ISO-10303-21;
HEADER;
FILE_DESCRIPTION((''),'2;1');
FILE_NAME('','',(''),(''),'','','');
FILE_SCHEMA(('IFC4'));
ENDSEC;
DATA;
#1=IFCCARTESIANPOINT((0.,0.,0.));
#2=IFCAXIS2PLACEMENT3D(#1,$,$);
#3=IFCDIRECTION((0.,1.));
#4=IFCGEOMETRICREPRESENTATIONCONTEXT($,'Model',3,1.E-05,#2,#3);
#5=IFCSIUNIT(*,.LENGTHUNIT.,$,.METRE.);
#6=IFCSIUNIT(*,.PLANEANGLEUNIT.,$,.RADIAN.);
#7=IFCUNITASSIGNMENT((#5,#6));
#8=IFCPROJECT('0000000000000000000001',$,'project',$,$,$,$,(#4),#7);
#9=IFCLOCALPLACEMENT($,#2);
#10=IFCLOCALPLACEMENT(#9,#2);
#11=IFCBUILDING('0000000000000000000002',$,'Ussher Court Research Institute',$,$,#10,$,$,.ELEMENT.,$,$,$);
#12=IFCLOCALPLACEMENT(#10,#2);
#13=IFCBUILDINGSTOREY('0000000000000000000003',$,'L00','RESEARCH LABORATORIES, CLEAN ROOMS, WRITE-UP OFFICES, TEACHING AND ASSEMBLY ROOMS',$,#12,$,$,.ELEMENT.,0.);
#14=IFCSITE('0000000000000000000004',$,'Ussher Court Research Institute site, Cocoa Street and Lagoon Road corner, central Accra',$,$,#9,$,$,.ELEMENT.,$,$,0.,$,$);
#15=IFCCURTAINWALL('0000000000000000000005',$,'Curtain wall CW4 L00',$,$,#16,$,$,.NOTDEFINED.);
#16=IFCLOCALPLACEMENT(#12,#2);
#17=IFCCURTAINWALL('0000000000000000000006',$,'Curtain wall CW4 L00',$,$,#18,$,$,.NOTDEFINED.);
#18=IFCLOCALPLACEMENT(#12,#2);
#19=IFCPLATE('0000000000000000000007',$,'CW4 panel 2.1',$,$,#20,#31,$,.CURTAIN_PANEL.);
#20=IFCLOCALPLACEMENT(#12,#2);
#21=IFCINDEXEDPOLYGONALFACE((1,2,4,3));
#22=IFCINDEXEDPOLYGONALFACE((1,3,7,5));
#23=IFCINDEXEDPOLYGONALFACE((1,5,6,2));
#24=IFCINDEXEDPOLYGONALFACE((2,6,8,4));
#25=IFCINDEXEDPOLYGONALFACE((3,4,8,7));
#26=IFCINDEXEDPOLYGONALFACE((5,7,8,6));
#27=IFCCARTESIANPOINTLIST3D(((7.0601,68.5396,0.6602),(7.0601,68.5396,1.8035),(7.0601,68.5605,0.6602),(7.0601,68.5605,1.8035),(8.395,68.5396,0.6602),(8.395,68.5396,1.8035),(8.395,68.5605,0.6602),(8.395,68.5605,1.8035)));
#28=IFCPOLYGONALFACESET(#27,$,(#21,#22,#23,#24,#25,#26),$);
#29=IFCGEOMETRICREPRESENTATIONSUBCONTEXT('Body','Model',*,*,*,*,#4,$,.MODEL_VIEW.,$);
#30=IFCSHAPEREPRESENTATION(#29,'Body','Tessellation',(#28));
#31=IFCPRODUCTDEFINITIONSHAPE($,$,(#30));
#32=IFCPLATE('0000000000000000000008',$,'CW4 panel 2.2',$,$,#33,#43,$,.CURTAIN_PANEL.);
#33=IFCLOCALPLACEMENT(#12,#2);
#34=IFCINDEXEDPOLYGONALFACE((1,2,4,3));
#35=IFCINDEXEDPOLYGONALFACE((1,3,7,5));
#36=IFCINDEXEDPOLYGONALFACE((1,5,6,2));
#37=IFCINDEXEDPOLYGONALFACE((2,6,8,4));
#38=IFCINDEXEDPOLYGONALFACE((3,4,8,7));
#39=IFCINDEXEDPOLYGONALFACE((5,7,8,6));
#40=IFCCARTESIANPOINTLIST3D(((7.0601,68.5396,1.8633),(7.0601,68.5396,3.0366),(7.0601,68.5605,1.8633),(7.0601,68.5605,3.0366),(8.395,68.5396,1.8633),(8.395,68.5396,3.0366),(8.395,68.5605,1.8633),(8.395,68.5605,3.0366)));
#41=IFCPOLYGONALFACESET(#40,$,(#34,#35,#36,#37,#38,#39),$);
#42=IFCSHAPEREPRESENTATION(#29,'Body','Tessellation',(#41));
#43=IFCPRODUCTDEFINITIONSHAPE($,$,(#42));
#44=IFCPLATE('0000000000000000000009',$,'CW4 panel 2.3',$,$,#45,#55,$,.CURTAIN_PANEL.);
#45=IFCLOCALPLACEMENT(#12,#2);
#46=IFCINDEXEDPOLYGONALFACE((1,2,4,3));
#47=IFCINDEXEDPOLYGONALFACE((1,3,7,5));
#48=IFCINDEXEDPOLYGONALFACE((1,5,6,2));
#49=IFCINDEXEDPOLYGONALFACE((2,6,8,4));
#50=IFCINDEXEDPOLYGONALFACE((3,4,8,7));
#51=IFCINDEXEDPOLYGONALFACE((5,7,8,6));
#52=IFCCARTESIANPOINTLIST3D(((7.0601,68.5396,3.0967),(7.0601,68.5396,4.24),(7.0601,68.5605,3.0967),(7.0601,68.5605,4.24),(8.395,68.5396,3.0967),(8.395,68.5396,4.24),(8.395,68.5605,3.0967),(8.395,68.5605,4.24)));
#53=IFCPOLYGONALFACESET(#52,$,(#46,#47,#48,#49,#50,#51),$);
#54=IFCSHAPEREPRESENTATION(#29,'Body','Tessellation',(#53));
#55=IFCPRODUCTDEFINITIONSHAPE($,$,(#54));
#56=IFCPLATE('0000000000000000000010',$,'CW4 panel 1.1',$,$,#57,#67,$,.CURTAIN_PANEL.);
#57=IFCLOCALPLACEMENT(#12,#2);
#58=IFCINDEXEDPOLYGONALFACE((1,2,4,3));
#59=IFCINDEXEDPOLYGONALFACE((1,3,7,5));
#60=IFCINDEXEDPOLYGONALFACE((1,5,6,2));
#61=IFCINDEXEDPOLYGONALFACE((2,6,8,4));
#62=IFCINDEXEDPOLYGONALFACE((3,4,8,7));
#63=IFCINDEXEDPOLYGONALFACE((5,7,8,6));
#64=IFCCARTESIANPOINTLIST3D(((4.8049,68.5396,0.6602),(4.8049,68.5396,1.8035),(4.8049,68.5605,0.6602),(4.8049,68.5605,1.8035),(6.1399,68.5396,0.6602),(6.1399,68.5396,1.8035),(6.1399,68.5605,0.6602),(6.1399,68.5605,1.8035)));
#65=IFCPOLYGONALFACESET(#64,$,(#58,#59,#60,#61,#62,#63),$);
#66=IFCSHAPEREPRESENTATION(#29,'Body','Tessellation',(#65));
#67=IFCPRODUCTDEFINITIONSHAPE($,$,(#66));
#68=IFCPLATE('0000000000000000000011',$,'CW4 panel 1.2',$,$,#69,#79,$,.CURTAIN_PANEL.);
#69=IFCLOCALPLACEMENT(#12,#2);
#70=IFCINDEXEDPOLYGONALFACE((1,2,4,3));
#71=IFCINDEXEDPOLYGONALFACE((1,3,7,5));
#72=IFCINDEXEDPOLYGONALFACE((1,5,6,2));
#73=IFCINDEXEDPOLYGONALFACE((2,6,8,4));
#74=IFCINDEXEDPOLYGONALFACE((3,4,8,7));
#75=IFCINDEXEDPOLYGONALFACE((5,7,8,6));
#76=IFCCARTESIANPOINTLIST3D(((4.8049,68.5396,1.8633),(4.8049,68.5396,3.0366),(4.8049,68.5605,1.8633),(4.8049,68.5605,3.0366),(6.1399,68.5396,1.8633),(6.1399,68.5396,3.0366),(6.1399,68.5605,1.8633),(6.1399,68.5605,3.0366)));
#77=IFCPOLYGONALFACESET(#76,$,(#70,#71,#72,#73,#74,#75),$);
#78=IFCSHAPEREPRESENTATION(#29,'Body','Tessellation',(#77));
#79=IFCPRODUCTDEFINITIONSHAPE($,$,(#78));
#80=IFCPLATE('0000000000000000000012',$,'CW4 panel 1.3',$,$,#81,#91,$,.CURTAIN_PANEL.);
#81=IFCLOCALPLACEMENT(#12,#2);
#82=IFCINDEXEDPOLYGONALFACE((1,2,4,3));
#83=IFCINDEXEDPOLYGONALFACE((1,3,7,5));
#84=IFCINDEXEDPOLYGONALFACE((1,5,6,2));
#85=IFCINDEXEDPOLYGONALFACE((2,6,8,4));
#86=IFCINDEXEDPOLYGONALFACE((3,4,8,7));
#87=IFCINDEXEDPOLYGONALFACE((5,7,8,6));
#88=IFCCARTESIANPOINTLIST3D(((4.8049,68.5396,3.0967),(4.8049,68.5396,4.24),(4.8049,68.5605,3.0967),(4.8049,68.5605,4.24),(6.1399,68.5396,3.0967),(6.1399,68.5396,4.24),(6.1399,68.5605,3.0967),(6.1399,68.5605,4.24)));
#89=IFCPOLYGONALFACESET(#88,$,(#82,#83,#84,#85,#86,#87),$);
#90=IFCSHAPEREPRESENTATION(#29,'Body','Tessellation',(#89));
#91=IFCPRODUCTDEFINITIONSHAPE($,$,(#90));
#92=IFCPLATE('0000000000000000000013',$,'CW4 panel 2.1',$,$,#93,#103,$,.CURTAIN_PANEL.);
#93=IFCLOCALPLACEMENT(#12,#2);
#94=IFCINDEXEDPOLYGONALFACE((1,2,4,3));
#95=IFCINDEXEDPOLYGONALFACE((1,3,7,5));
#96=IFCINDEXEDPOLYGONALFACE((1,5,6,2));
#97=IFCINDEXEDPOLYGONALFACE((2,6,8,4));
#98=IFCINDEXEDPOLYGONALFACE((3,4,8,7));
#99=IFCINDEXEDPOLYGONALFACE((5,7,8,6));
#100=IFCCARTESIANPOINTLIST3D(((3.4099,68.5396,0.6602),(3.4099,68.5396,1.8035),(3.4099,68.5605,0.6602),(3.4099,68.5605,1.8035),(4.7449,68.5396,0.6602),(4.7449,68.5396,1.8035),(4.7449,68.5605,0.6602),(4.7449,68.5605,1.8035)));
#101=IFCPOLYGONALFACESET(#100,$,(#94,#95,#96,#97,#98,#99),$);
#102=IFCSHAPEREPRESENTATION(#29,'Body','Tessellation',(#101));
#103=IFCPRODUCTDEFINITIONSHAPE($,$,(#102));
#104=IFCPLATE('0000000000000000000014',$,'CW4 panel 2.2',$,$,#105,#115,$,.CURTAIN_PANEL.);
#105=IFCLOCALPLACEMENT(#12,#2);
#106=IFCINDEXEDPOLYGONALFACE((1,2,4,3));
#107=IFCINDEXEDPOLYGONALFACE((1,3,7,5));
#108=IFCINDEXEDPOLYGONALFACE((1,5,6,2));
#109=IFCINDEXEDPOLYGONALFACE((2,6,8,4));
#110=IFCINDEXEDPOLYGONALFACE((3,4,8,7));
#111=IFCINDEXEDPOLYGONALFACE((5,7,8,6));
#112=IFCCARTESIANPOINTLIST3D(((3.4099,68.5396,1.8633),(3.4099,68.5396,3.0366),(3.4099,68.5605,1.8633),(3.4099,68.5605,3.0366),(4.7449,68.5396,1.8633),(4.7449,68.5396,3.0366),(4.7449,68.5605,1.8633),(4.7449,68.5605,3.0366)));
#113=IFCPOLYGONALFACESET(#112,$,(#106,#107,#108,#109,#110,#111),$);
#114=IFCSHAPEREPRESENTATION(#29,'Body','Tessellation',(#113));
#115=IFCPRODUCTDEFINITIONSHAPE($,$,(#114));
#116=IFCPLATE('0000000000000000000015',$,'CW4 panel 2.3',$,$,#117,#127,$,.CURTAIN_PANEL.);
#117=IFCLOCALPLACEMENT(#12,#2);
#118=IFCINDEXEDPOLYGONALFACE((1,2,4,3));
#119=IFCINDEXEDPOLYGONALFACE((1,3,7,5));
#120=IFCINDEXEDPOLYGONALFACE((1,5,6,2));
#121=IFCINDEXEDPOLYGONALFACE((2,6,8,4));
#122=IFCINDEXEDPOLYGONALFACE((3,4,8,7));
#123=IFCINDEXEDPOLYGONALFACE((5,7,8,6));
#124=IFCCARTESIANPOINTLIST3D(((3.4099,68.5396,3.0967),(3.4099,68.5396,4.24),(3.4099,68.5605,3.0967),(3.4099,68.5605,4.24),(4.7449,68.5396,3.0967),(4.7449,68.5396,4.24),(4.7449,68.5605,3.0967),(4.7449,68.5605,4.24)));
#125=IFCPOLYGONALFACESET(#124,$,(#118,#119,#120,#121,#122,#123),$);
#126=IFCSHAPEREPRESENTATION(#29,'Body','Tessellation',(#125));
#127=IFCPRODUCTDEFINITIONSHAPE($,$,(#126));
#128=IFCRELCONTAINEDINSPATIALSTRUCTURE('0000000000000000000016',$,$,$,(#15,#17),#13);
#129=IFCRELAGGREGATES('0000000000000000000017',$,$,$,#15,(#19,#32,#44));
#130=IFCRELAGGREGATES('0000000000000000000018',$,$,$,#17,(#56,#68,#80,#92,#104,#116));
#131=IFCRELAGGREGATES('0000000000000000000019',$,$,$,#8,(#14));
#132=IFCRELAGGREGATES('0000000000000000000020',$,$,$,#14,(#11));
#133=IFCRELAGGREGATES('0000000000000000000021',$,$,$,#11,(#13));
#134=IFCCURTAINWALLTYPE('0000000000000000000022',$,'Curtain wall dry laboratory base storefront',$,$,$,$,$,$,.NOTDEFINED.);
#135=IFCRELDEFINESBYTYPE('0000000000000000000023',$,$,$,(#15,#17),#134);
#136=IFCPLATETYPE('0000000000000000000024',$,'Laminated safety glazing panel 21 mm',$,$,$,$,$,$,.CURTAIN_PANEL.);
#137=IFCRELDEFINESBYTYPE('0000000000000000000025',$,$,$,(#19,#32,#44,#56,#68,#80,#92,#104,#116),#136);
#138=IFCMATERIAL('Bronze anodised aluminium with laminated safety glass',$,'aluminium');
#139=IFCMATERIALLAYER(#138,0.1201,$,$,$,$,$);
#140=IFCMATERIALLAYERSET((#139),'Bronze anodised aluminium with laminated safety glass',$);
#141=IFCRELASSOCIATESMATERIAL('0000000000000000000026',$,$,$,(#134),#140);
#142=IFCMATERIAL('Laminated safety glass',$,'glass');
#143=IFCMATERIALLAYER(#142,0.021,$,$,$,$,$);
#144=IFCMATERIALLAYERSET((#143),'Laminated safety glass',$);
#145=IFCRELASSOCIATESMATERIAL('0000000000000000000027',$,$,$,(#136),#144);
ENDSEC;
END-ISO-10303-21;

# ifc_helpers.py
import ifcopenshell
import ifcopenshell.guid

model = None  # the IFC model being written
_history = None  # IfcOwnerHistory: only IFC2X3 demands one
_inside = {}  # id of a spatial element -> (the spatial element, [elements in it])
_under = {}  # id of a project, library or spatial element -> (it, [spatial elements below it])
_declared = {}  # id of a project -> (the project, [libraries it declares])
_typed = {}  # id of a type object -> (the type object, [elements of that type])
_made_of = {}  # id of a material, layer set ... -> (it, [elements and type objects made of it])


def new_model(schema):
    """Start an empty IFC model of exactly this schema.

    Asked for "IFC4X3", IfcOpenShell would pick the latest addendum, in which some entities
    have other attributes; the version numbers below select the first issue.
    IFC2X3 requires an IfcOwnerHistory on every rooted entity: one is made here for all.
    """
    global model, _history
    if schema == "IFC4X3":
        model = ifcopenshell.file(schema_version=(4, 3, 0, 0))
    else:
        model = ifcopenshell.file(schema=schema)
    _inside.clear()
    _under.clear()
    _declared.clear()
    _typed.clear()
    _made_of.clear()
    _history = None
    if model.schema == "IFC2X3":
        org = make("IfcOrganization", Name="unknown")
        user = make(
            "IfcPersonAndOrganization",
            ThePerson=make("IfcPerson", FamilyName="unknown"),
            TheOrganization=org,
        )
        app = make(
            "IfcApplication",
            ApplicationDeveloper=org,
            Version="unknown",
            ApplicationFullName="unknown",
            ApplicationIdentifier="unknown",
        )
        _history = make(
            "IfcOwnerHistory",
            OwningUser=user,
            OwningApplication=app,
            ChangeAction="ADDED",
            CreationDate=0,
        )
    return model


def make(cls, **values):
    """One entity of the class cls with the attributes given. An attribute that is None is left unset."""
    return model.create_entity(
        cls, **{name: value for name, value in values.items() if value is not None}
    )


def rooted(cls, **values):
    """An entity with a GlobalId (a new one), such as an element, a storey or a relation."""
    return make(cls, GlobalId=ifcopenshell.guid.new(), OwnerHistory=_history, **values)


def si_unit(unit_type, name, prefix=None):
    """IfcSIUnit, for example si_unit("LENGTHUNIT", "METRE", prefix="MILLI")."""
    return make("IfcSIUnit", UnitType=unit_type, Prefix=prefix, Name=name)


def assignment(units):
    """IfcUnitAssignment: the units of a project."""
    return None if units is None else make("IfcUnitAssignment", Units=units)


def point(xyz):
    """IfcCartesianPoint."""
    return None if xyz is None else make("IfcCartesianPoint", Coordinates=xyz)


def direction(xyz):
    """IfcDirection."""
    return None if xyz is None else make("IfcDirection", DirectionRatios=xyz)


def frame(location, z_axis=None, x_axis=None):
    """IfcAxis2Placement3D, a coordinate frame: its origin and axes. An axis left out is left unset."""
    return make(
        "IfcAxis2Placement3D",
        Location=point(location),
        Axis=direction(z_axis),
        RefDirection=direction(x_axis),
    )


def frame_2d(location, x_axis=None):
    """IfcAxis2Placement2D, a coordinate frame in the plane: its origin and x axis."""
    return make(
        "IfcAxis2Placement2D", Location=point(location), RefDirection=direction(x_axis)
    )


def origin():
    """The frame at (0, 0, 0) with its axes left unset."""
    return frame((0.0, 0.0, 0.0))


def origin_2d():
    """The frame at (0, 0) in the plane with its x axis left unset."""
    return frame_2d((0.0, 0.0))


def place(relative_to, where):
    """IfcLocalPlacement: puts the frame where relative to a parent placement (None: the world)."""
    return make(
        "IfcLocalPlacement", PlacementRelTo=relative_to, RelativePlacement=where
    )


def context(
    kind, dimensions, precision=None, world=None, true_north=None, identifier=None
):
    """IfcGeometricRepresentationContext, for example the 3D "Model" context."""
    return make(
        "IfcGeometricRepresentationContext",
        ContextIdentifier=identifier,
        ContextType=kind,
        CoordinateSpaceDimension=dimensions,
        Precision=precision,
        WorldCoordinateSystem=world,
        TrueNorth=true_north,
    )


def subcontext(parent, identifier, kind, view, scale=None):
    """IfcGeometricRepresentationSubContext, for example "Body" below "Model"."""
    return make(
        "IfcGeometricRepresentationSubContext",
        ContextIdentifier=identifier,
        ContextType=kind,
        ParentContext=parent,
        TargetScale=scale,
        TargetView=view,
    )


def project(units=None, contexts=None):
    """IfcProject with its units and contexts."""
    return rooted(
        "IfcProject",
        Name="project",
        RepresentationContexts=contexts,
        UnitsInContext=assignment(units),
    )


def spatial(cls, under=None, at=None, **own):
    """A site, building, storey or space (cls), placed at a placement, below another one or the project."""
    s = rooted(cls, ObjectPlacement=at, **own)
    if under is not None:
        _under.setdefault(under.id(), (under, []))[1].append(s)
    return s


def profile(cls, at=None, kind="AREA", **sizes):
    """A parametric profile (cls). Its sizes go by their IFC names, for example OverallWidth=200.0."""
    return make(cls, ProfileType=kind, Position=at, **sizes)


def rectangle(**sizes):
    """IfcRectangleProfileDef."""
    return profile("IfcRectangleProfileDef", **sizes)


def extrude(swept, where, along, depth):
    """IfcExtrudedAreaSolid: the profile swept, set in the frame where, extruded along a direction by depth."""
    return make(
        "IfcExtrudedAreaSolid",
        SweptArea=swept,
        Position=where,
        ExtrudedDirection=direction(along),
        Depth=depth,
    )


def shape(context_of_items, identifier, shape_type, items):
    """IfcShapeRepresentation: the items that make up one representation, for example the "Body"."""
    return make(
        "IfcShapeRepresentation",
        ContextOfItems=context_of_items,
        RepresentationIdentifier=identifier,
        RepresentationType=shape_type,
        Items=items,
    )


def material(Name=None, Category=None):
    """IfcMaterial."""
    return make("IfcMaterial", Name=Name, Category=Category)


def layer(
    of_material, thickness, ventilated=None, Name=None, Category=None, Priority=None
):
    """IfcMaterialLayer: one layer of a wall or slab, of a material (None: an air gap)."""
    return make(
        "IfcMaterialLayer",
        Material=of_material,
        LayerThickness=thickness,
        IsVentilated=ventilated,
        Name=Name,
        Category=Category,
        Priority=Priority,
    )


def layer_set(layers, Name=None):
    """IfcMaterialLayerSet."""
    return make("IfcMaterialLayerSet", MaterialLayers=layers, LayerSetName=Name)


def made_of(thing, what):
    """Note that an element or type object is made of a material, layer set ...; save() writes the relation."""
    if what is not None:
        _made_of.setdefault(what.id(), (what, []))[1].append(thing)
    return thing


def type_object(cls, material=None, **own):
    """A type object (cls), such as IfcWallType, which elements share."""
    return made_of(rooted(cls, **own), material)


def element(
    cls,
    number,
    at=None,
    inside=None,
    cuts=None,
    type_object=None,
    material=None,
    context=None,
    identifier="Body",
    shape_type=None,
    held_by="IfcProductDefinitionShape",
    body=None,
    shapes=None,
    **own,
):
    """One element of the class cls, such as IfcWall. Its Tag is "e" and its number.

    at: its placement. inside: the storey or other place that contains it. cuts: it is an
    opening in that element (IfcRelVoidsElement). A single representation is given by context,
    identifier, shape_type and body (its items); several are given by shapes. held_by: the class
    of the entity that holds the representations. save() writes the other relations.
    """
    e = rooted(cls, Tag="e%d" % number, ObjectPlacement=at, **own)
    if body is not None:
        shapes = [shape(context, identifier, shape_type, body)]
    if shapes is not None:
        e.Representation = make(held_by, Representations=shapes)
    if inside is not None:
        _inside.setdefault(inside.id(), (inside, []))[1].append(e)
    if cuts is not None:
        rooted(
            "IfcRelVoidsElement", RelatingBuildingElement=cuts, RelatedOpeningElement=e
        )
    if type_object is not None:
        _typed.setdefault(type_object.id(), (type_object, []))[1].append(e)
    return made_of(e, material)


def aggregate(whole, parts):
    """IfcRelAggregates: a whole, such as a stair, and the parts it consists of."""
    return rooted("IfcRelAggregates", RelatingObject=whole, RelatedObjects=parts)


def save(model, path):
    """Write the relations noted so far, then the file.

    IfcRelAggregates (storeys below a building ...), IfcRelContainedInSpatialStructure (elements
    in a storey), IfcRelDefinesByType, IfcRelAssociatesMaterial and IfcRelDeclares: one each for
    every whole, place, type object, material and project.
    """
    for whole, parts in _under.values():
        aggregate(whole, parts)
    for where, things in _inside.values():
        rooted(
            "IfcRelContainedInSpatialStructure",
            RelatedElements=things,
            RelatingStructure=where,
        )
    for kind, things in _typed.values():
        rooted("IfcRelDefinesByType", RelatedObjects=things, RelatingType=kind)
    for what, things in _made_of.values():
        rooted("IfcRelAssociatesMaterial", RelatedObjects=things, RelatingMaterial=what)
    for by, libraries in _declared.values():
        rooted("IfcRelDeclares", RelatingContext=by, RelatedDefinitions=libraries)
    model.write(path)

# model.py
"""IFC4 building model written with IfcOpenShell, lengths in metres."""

from ifc_helpers import new_model, si_unit, direction, frame, origin, origin_2d, place, context, subcontext, project, spatial, rectangle, extrude, material, layer, layer_set, type_object, element, aggregate, save


model = new_model("IFC4")

# Units and contexts
model_context = context("Model", 3, precision=1e-05, world=origin(), true_north=direction((0.0, 1.0)))
body_context = subcontext(model_context, "Body", "Model", "MODEL_VIEW")
ifc_project = project(units=[si_unit("LENGTHUNIT", "METRE"), si_unit("PLANEANGLEUNIT", "RADIAN")], contexts=[model_context])

# Site, building, storey
site_placement = place(None, origin())
site = spatial("IfcSite", under=ifc_project, at=site_placement, Name="Ussher Court Research Institute site, Cocoa Street and Lagoon Road corner, central Accra", CompositionType="ELEMENT", RefElevation=0.0)
building_placement = place(site_placement, origin())
building = spatial("IfcBuilding", under=site, at=building_placement, Name="Ussher Court Research Institute", CompositionType="ELEMENT")
storey_placement = place(building_placement, origin())
storey = spatial("IfcBuildingStorey", under=building, at=storey_placement, Name="L00", Description="RESEARCH LABORATORIES, CLEAN ROOMS, WRITE-UP OFFICES, TEACHING AND ASSEMBLY ROOMS", CompositionType="ELEMENT", Elevation=0.0)

# Curtain wall
ifc_material_1 = material(Name="Bronze anodised aluminium with laminated safety glass", Category="aluminium")
ifc_layer_1 = layer(ifc_material_1, 0.1201)
ifc_layer_set_1 = layer_set([ifc_layer_1], Name="Bronze anodised aluminium with laminated safety glass")
curtain_wall_type = type_object("IfcCurtainWallType", Name="Curtain wall dry laboratory base storefront", PredefinedType="NOTDEFINED", material=ifc_layer_set_1)
curtain_wall_1_placement = place(storey_placement, origin())
curtain_wall_1 = element("IfcCurtainWall", 1, at=curtain_wall_1_placement, inside=storey, type_object=curtain_wall_type, Name="Curtain wall CW4 L00", PredefinedType="NOTDEFINED")

# Curtain wall
curtain_wall_2_placement = place(storey_placement, origin())
curtain_wall_2 = element("IfcCurtainWall", 2, at=curtain_wall_2_placement, inside=storey, type_object=curtain_wall_type, Name="Curtain wall CW4 L00", PredefinedType="NOTDEFINED")

# Plates
ifc_material_2 = material(Name="Laminated safety glass", Category="glass")
ifc_layer_2 = layer(ifc_material_2, 0.021)
ifc_layer_set_2 = layer_set([ifc_layer_2], Name="Laminated safety glass")
plate_type = type_object("IfcPlateType", Name="Laminated safety glazing panel 21 mm", PredefinedType="CURTAIN_PANEL", material=ifc_layer_set_2)
plate_1_placement = place(storey_placement, frame((7.7275, 68.55, 0.6602), z_axis=(0.0, 0.0, 1.0), x_axis=(-1.0, 0.0, 0.0)))
plate_1 = element("IfcPlate", 3, at=plate_1_placement, type_object=plate_type, Name="CW4 panel 2.1", PredefinedType="CURTAIN_PANEL", context=body_context, shape_type="SweptSolid", body=[
    extrude(rectangle(XDim=1.335, YDim=0.021, at=origin_2d()), origin(), (0.0, 0.0, 1.0), 1.1433),
])
plate_2_placement = place(storey_placement, frame((7.7275, 68.55, 1.8633), z_axis=(0.0, 0.0, 1.0), x_axis=(-1.0, 0.0, 0.0)))
plate_2 = element("IfcPlate", 4, at=plate_2_placement, type_object=plate_type, Name="CW4 panel 2.2", PredefinedType="CURTAIN_PANEL", context=body_context, shape_type="SweptSolid", body=[
    extrude(rectangle(XDim=1.335, YDim=0.021, at=origin_2d()), origin(), (0.0, 0.0, 1.0), 1.1733),
])
plate_3_placement = place(storey_placement, frame((7.7275, 68.55, 3.0967), z_axis=(0.0, 0.0, 1.0), x_axis=(-1.0, 0.0, 0.0)))
plate_3 = element("IfcPlate", 5, at=plate_3_placement, type_object=plate_type, Name="CW4 panel 2.3", PredefinedType="CURTAIN_PANEL", context=body_context, shape_type="SweptSolid", body=[
    extrude(rectangle(XDim=1.335, YDim=0.021, at=origin_2d()), origin(), (0.0, 0.0, 1.0), 1.1433),
])
aggregate(curtain_wall_1, [plate_1, plate_2, plate_3])
plate_4_placement = place(storey_placement, frame((5.4724, 68.55, 0.6602), z_axis=(0.0, 0.0, 1.0), x_axis=(-1.0, 0.0, 0.0)))
plate_4 = element("IfcPlate", 6, at=plate_4_placement, type_object=plate_type, Name="CW4 panel 1.1", PredefinedType="CURTAIN_PANEL", context=body_context, shape_type="SweptSolid", body=[
    extrude(rectangle(XDim=1.335, YDim=0.021, at=origin_2d()), origin(), (0.0, 0.0, 1.0), 1.1433),
])
plate_5_placement = place(storey_placement, frame((5.4724, 68.55, 1.8633), z_axis=(0.0, 0.0, 1.0), x_axis=(-1.0, 0.0, 0.0)))
plate_5 = element("IfcPlate", 7, at=plate_5_placement, type_object=plate_type, Name="CW4 panel 1.2", PredefinedType="CURTAIN_PANEL", context=body_context, shape_type="SweptSolid", body=[
    extrude(rectangle(XDim=1.335, YDim=0.021, at=origin_2d()), origin(), (0.0, 0.0, 1.0), 1.1733),
])
plate_6_placement = place(storey_placement, frame((5.4724, 68.55, 3.0967), z_axis=(0.0, 0.0, 1.0), x_axis=(-1.0, 0.0, 0.0)))
plate_6 = element("IfcPlate", 8, at=plate_6_placement, type_object=plate_type, Name="CW4 panel 1.3", PredefinedType="CURTAIN_PANEL", context=body_context, shape_type="SweptSolid", body=[
    extrude(rectangle(XDim=1.335, YDim=0.021, at=origin_2d()), origin(), (0.0, 0.0, 1.0), 1.1433),
])
plate_7_placement = place(storey_placement, frame((4.0774, 68.55, 0.6602), z_axis=(0.0, 0.0, 1.0), x_axis=(-1.0, 0.0, 0.0)))
plate_7 = element("IfcPlate", 9, at=plate_7_placement, type_object=plate_type, Name="CW4 panel 2.1", PredefinedType="CURTAIN_PANEL", context=body_context, shape_type="SweptSolid", body=[
    extrude(rectangle(XDim=1.335, YDim=0.021, at=origin_2d()), origin(), (0.0, 0.0, 1.0), 1.1433),
])
plate_8_placement = place(storey_placement, frame((4.0774, 68.55, 1.8633), z_axis=(0.0, 0.0, 1.0), x_axis=(-1.0, 0.0, 0.0)))
plate_8 = element("IfcPlate", 10, at=plate_8_placement, type_object=plate_type, Name="CW4 panel 2.2", PredefinedType="CURTAIN_PANEL", context=body_context, shape_type="SweptSolid", body=[
    extrude(rectangle(XDim=1.335, YDim=0.021, at=origin_2d()), origin(), (0.0, 0.0, 1.0), 1.1733),
])
plate_9_placement = place(storey_placement, frame((4.0774, 68.55, 3.0967), z_axis=(0.0, 0.0, 1.0), x_axis=(-1.0, 0.0, 0.0)))
plate_9 = element("IfcPlate", 11, at=plate_9_placement, type_object=plate_type, Name="CW4 panel 2.3", PredefinedType="CURTAIN_PANEL", context=body_context, shape_type="SweptSolid", body=[
    extrude(rectangle(XDim=1.335, YDim=0.021, at=origin_2d()), origin(), (0.0, 0.0, 1.0), 1.1433),
])
aggregate(curtain_wall_2, [plate_4, plate_5, plate_6, plate_7, plate_8, plate_9])

save(model, "model.ifc")
